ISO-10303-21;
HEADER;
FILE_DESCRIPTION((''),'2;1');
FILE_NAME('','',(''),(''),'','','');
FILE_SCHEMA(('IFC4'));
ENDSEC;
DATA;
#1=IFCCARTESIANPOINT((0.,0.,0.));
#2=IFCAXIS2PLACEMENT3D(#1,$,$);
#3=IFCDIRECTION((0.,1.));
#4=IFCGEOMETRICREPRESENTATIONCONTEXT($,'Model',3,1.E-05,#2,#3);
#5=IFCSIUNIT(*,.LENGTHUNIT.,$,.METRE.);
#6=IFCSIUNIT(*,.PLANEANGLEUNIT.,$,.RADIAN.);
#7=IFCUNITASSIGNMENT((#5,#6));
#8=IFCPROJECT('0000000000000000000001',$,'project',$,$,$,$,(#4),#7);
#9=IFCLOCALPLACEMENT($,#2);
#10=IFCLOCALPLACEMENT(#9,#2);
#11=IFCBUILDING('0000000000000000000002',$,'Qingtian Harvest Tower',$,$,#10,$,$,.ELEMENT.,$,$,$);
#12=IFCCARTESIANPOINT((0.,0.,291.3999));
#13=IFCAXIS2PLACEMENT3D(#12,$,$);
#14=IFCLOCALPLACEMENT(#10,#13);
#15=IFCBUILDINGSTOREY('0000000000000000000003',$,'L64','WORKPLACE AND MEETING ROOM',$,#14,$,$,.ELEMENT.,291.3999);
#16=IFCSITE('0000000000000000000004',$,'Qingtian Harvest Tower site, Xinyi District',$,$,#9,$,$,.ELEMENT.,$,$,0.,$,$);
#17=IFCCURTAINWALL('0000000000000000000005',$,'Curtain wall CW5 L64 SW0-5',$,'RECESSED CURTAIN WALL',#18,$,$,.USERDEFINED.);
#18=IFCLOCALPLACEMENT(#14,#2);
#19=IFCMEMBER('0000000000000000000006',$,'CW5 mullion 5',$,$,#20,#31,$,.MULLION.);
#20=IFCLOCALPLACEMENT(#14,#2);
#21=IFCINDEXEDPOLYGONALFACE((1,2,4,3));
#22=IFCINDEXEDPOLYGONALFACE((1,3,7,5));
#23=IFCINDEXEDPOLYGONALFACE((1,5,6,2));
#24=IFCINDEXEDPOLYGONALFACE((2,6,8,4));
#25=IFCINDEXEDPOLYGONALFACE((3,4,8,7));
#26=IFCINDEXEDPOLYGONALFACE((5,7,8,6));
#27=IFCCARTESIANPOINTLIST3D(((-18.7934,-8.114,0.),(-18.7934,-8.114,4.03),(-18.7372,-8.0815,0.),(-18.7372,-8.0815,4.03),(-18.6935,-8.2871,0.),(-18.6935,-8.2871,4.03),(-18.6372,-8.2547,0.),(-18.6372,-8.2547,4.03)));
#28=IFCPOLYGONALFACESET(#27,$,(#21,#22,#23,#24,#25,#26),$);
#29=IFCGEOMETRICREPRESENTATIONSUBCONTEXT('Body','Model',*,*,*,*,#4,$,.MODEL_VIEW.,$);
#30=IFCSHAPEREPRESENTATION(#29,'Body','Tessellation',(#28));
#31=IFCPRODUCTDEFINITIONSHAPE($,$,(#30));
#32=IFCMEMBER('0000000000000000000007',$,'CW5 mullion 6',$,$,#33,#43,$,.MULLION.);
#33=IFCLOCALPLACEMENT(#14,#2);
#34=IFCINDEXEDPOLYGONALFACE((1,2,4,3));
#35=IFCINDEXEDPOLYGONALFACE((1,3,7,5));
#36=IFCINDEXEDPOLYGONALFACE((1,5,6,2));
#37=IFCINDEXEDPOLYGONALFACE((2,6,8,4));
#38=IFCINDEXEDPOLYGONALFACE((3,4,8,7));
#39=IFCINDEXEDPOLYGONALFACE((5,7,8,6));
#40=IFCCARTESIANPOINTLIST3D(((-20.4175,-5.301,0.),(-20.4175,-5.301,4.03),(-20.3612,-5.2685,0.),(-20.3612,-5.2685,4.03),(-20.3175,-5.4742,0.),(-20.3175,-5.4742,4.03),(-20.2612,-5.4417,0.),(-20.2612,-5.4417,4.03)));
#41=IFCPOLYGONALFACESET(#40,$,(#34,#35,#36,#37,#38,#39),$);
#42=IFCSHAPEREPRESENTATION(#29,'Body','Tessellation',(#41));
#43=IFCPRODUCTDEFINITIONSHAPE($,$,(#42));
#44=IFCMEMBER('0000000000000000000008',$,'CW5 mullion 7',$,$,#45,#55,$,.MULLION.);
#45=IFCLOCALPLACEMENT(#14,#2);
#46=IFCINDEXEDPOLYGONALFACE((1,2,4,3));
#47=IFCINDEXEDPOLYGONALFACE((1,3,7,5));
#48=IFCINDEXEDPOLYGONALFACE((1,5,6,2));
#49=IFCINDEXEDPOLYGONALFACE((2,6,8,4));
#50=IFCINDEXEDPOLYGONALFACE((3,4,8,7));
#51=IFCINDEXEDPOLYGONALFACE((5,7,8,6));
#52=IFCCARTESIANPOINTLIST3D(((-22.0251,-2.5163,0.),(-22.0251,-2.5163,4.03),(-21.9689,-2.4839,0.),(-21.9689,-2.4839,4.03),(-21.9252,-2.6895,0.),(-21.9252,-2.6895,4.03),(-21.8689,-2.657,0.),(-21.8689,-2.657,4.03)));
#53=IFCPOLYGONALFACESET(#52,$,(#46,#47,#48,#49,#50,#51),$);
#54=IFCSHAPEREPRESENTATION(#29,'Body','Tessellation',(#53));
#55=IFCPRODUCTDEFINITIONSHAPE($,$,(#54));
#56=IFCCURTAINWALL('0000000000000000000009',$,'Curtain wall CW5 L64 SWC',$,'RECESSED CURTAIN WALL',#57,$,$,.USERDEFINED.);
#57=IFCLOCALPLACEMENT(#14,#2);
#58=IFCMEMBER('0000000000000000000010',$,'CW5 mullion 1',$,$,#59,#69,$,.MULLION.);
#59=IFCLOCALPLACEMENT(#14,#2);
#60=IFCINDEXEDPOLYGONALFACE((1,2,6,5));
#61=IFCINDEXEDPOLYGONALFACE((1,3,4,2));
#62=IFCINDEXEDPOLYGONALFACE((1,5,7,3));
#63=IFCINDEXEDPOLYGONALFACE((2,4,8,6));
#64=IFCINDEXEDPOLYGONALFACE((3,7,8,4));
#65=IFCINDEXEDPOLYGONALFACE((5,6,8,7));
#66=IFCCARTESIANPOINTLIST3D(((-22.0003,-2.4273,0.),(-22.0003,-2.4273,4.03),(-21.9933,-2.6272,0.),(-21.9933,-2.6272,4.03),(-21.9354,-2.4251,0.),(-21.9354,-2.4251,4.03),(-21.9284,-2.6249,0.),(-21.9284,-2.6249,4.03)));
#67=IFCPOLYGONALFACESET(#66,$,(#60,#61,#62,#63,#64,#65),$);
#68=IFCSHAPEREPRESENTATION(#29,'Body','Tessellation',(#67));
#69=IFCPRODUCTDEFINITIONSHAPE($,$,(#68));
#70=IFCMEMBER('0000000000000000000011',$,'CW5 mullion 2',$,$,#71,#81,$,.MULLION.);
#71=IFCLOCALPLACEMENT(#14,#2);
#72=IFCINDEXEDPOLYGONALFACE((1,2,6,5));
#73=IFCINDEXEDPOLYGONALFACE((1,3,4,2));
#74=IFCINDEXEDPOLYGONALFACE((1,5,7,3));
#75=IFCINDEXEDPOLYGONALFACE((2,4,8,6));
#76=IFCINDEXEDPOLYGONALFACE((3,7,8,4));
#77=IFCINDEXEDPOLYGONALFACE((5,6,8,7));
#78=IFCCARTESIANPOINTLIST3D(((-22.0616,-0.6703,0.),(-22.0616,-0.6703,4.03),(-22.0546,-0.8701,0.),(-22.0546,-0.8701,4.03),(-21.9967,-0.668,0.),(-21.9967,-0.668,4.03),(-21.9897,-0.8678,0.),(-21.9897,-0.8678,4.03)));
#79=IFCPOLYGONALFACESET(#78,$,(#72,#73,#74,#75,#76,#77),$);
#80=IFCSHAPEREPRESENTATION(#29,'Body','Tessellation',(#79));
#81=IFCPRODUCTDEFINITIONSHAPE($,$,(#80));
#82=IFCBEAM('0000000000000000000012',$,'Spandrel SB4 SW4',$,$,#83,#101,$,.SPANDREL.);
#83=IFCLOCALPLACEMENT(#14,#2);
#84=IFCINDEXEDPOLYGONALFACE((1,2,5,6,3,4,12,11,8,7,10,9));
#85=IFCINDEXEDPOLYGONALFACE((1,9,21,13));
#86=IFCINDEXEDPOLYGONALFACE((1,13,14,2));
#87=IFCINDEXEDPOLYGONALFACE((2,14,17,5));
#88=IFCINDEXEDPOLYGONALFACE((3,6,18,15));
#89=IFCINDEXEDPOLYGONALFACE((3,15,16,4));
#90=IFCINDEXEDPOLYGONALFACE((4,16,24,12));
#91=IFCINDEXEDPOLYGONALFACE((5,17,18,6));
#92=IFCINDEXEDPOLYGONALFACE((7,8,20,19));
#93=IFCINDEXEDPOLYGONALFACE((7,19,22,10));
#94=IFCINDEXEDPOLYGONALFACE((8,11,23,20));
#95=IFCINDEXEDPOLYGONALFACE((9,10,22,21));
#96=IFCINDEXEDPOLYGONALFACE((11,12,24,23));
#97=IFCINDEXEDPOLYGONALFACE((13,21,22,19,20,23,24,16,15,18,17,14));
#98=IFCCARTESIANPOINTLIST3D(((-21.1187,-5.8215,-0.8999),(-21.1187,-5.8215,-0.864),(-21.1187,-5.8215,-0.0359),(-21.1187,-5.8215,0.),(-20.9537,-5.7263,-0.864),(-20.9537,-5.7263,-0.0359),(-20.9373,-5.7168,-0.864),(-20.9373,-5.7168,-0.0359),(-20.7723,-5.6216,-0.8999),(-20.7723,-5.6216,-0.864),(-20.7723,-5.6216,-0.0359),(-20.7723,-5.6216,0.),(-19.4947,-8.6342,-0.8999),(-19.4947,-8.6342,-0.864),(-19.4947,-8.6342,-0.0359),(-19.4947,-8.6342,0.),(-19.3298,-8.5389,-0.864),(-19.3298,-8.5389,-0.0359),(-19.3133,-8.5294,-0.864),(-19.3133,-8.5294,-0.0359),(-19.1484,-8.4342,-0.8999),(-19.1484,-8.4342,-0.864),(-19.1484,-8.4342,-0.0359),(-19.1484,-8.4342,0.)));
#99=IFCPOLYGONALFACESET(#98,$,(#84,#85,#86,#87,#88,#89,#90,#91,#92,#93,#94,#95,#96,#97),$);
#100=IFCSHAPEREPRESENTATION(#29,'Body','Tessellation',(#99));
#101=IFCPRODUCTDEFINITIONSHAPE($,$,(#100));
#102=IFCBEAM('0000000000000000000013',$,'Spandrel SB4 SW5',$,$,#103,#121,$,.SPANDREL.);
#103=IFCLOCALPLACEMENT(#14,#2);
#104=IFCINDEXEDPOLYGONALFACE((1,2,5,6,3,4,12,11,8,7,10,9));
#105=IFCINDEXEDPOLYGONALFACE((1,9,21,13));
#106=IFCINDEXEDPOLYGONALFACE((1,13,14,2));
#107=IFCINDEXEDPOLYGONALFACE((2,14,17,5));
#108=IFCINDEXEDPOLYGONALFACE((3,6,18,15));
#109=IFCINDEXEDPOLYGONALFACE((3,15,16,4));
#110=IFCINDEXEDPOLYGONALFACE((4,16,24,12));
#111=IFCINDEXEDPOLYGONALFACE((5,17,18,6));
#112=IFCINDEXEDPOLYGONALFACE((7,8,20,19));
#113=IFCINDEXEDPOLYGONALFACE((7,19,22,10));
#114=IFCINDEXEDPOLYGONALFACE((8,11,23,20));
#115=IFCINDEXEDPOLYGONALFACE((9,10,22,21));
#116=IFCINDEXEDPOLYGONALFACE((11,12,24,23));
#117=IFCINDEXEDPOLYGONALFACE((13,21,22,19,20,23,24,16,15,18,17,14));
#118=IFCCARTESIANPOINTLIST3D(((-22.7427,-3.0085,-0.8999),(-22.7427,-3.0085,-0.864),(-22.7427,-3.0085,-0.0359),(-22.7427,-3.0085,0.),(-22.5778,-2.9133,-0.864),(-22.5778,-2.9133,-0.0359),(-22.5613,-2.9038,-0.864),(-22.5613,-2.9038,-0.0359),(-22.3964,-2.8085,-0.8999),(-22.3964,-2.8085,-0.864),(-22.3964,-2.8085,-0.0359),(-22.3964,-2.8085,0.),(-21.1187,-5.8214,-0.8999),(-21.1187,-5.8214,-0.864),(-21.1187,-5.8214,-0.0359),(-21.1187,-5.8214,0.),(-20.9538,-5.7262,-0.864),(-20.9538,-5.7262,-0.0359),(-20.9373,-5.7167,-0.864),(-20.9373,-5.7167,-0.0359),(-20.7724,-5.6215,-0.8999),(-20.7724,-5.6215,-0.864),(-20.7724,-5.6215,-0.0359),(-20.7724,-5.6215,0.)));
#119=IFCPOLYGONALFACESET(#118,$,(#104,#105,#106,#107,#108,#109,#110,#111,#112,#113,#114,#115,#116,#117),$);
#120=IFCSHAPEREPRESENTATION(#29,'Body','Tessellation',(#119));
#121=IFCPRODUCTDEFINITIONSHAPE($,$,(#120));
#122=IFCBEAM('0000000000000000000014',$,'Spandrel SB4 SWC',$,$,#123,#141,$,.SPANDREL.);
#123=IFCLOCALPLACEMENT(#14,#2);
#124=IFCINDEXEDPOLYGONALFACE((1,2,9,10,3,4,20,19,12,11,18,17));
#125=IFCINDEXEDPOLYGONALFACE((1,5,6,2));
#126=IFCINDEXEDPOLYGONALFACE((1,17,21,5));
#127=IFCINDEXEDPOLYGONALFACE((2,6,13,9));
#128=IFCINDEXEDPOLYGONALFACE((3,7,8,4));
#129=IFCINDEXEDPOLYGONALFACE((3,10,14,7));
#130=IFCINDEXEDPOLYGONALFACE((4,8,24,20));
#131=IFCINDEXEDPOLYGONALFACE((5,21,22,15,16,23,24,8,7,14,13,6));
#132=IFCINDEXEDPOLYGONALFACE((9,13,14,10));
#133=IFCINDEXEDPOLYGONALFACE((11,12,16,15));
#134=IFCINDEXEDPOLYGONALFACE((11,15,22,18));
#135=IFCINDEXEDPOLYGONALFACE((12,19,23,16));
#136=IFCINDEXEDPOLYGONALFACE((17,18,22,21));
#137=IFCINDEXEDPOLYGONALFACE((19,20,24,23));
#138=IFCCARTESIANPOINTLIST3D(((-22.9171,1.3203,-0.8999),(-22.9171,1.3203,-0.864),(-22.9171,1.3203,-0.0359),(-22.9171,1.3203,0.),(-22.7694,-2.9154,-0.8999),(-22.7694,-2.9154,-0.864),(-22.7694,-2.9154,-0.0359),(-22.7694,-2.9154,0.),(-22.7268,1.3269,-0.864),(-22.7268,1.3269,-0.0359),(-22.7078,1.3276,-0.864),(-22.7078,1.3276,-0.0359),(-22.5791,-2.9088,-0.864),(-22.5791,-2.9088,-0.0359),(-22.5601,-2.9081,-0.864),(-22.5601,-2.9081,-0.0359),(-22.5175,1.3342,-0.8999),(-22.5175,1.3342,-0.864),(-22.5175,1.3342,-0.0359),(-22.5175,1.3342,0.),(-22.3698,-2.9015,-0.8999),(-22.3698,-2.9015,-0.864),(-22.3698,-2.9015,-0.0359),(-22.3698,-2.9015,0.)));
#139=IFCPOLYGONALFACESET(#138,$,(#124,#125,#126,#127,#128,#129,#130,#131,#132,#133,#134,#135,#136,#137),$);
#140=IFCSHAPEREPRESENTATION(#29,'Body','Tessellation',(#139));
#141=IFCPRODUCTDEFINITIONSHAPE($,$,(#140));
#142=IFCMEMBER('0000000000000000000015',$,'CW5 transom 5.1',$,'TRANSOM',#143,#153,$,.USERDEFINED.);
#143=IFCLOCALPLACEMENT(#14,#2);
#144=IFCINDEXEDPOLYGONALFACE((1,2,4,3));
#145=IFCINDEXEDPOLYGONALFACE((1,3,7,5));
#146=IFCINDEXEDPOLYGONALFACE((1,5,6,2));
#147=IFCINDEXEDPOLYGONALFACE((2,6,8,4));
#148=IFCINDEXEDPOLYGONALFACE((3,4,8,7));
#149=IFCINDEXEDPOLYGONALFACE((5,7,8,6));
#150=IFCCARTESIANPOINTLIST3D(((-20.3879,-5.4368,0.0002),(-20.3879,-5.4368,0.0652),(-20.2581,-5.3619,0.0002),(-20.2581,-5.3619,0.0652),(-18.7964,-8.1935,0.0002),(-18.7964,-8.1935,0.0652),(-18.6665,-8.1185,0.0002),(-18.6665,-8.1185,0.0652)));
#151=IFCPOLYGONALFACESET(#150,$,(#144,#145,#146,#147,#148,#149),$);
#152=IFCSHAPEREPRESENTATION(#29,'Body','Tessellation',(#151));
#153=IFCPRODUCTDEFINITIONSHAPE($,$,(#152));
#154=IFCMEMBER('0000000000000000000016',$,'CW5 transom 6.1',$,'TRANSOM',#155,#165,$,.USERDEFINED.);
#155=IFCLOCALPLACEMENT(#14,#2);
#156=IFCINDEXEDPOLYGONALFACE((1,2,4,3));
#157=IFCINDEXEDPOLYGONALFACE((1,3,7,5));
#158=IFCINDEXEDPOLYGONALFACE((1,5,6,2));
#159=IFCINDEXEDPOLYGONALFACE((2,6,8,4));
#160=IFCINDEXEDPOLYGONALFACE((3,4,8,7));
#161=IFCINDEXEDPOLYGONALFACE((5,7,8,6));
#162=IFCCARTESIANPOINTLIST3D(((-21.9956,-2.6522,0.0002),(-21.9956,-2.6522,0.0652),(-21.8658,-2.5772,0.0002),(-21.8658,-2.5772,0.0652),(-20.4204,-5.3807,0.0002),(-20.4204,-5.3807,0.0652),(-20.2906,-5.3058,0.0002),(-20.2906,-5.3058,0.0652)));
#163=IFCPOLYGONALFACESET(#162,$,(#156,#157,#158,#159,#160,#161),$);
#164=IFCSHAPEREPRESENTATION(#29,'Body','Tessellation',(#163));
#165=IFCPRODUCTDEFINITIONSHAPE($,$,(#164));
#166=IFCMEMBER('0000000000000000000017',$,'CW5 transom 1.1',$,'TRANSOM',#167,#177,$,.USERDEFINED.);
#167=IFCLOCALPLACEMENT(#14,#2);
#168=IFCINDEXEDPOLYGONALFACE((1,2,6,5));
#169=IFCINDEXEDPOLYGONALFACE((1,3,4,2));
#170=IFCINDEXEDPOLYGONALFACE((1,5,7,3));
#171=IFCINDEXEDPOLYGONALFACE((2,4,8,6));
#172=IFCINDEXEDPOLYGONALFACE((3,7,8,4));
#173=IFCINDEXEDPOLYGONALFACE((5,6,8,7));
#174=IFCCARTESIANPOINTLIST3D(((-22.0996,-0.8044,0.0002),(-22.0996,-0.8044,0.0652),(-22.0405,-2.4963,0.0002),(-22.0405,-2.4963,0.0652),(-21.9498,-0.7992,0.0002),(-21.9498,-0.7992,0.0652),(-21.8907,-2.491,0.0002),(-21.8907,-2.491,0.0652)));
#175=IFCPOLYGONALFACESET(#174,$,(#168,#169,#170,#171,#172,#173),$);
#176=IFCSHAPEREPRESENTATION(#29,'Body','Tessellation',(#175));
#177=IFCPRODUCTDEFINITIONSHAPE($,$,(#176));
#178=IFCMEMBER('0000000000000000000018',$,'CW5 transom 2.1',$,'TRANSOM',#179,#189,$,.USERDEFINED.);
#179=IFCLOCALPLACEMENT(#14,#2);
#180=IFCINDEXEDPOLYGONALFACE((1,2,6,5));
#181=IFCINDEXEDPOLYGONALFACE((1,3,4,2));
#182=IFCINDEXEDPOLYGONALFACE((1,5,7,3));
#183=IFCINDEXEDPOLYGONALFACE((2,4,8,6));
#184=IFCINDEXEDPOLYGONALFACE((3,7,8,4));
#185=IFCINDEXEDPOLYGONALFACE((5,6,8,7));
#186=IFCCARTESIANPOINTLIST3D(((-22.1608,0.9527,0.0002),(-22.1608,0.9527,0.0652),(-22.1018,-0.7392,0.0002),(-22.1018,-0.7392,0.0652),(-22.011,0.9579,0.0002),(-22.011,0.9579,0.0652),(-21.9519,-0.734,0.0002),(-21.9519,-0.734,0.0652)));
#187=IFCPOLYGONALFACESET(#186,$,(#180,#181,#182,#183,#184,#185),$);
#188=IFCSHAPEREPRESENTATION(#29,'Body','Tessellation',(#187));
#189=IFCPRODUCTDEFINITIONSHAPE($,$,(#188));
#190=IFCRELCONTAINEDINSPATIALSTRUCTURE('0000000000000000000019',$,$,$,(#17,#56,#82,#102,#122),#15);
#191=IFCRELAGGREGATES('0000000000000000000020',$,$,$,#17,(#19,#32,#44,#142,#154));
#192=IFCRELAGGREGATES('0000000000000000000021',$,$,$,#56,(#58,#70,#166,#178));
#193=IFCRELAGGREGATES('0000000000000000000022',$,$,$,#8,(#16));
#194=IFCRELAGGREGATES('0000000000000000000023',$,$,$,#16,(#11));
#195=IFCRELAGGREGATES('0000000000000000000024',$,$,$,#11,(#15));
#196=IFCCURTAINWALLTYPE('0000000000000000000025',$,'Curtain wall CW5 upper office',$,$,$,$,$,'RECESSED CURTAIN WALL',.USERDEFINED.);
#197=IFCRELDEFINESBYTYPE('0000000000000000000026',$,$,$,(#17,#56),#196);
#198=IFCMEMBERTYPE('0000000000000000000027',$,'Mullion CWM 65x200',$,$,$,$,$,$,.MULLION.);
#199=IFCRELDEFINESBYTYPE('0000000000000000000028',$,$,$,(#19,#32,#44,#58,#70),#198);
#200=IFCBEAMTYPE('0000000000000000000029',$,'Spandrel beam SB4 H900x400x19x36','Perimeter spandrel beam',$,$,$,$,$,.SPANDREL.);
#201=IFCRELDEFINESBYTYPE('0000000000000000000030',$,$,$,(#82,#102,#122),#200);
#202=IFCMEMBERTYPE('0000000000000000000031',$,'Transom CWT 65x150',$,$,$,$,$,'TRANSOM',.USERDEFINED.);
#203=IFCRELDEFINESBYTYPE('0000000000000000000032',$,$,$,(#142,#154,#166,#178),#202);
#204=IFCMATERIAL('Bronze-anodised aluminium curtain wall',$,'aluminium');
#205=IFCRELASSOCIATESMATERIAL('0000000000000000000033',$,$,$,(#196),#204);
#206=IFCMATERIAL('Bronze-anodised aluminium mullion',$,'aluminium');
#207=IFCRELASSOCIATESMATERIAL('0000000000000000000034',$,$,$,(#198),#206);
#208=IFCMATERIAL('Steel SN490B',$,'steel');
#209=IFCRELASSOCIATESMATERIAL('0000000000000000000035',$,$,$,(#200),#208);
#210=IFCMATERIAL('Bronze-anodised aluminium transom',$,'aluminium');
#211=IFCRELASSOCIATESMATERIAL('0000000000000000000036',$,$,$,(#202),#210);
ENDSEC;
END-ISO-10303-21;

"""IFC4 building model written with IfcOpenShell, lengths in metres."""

from ifc_helpers import new_model, si_unit, direction, frame, origin, origin_2d, place, context, subcontext, project, spatial, rectangle, i_section, extrude, material, material_profile, profile_set, type_object, element, aggregate, save


model = new_model("IFC4")

# Units and contexts
model_context = context("Model", 3, precision=1e-05, world=origin(), true_north=direction((0.0, 1.0)))
body_context = subcontext(model_context, "Body", "Model", "MODEL_VIEW")
ifc_project = project(units=[si_unit("LENGTHUNIT", "METRE"), si_unit("PLANEANGLEUNIT", "RADIAN")], contexts=[model_context])

# Site, building, storey
site_placement = place(None, origin())
site = spatial("IfcSite", under=ifc_project, at=site_placement, Name="Qingtian Harvest Tower site, Xinyi District", CompositionType="ELEMENT", RefElevation=0.0)
building_placement = place(site_placement, origin())
building = spatial("IfcBuilding", under=site, at=building_placement, Name="Qingtian Harvest Tower", CompositionType="ELEMENT")
storey_placement = place(building_placement, frame((0.0, 0.0, 291.3999)))
storey = spatial("IfcBuildingStorey", under=building, at=storey_placement, Name="L64", Description="WORKPLACE AND MEETING ROOM", CompositionType="ELEMENT", Elevation=291.3999)

# Curtain walls, members
ifc_material_1 = material(Name="Bronze-anodised aluminium curtain wall", Category="aluminium")
curtain_wall_type = type_object("IfcCurtainWallType", Name="Curtain wall CW5 upper office", ElementType="RECESSED CURTAIN WALL", PredefinedType="USERDEFINED", material=ifc_material_1)
curtain_wall_1_placement = place(storey_placement, origin())
curtain_wall_1 = element("IfcCurtainWall", 1, at=curtain_wall_1_placement, inside=storey, type_object=curtain_wall_type, Name="Curtain wall CW5 L64 SW0-5", ObjectType="RECESSED CURTAIN WALL", PredefinedType="USERDEFINED")
ifc_material_2 = material(Name="Bronze-anodised aluminium mullion", Category="aluminium")
ifc_material_profile_1 = material_profile(ifc_material_2, rectangle(XDim=0.0649, YDim=0.2, at=origin_2d()), Name="AL 65x200")
ifc_profile_set_1 = profile_set([ifc_material_profile_1], Name="Bronze-anodised aluminium mullion")
member_type_1 = type_object("IfcMemberType", Name="Mullion CWM 65x200", PredefinedType="MULLION", material=ifc_profile_set_1)
member_1_placement = place(storey_placement, frame((-18.7153, -8.1843, 0.0), z_axis=(0.0, 0.0, 1.0), x_axis=(-0.866025, -0.5, 0.0)))
member_1 = element("IfcMember", 2, at=member_1_placement, type_object=member_type_1, Name="CW5 mullion 5", PredefinedType="MULLION", context=body_context, shape_type="SweptSolid", body=[
    extrude(rectangle(XDim=0.0649, YDim=0.2, at=origin_2d()), origin(), (0.0, 0.0, 1.0), 4.03),
])
member_2_placement = place(storey_placement, frame((-20.3394, -5.3713, 0.0), z_axis=(0.0, 0.0, 1.0), x_axis=(-0.866025, -0.5, 0.0)))
member_2 = element("IfcMember", 3, at=member_2_placement, type_object=member_type_1, Name="CW5 mullion 6", PredefinedType="MULLION", context=body_context, shape_type="SweptSolid", body=[
    extrude(rectangle(XDim=0.0649, YDim=0.2, at=origin_2d()), origin(), (0.0, 0.0, 1.0), 4.03),
])
member_3_placement = place(storey_placement, frame((-21.947, -2.5867, 0.0), z_axis=(0.0, 0.0, 1.0), x_axis=(-0.866025, -0.5, 0.0)))
member_3 = element("IfcMember", 4, at=member_3_placement, type_object=member_type_1, Name="CW5 mullion 7", PredefinedType="MULLION", context=body_context, shape_type="SweptSolid", body=[
    extrude(rectangle(XDim=0.0649, YDim=0.2, at=origin_2d()), origin(), (0.0, 0.0, 1.0), 4.03),
])
curtain_wall_2_placement = place(storey_placement, origin())
curtain_wall_2 = element("IfcCurtainWall", 5, at=curtain_wall_2_placement, inside=storey, type_object=curtain_wall_type, Name="Curtain wall CW5 L64 SWC", ObjectType="RECESSED CURTAIN WALL", PredefinedType="USERDEFINED")
member_4_placement = place(storey_placement, frame((-21.9644, -2.5261, 0.0), z_axis=(0.0, 0.0, 1.0), x_axis=(-0.999391, -0.034899, 0.0)))
member_4 = element("IfcMember", 6, at=member_4_placement, type_object=member_type_1, Name="CW5 mullion 1", PredefinedType="MULLION", context=body_context, shape_type="SweptSolid", body=[
    extrude(rectangle(XDim=0.0649, YDim=0.2, at=origin_2d()), origin(), (0.0, 0.0, 1.0), 4.03),
])
member_5_placement = place(storey_placement, frame((-22.0256, -0.769, 0.0), z_axis=(0.0, 0.0, 1.0), x_axis=(-0.999391, -0.034899, 0.0)))
member_5 = element("IfcMember", 7, at=member_5_placement, type_object=member_type_1, Name="CW5 mullion 2", PredefinedType="MULLION", context=body_context, shape_type="SweptSolid", body=[
    extrude(rectangle(XDim=0.0649, YDim=0.2, at=origin_2d()), origin(), (0.0, 0.0, 1.0), 4.03),
])

# Beams
ifc_material_3 = material(Name="Steel SN490B", Category="steel")
ifc_material_profile_2 = material_profile(ifc_material_3, i_section(OverallWidth=0.3999, OverallDepth=0.8999, WebThickness=0.019, FlangeThickness=0.0359, at=origin_2d()), Name="H900x400x19x36")
ifc_profile_set_2 = profile_set([ifc_material_profile_2], Name="Steel SN490B")
beam_type_1 = type_object("IfcBeamType", Name="Spandrel beam SB4 H900x400x19x36", Description="Perimeter spandrel beam", PredefinedType="SPANDREL", material=ifc_profile_set_2)
beam_1_placement = place(storey_placement, frame((-19.3215, -8.5342, -0.45), z_axis=(-0.50002, 0.866014, 0.0), x_axis=(-0.866014, -0.50002, 0.0)))
element("IfcBeam", 8, at=beam_1_placement, inside=storey, type_object=beam_type_1, Name="Spandrel SB4 SW4", PredefinedType="SPANDREL", context=body_context, shape_type="SweptSolid", body=[
    extrude(i_section(OverallWidth=0.3999, OverallDepth=0.8999, WebThickness=0.019, FlangeThickness=0.0359, at=origin_2d()), origin(), (0.0, 0.0, 1.0), 3.2478),
])
beam_2_placement = place(storey_placement, frame((-20.9456, -5.7214, -0.45), z_axis=(-0.499987, 0.866033, 0.0), x_axis=(-0.866033, -0.499987, 0.0)))
element("IfcBeam", 9, at=beam_2_placement, inside=storey, type_object=beam_type_1, Name="Spandrel SB4 SW5", PredefinedType="SPANDREL", context=body_context, shape_type="SweptSolid", body=[
    extrude(i_section(OverallWidth=0.3999, OverallDepth=0.8999, WebThickness=0.019, FlangeThickness=0.0359, at=origin_2d()), origin(), (0.0, 0.0, 1.0), 3.248),
])
beam_3_placement = place(storey_placement, frame((-22.5696, -2.9084, -0.45), z_axis=(-0.034851, 0.999393, 0.0), x_axis=(-0.999393, -0.034851, 0.0)))
element("IfcBeam", 10, at=beam_3_placement, inside=storey, type_object=beam_type_1, Name="Spandrel SB4 SWC", PredefinedType="SPANDREL", context=body_context, shape_type="SweptSolid", body=[
    extrude(i_section(OverallWidth=0.3999, OverallDepth=0.8999, WebThickness=0.019, FlangeThickness=0.0359, at=origin_2d()), origin(), (0.0, 0.0, 1.0), 4.2383),
])

# Members
ifc_material_4 = material(Name="Bronze-anodised aluminium transom", Category="aluminium")
ifc_material_profile_3 = material_profile(ifc_material_4, rectangle(XDim=0.1499, YDim=0.0649, at=origin_2d()), Name="AL 65x150")
ifc_profile_set_3 = profile_set([ifc_material_profile_3], Name="Bronze-anodised aluminium transom")
member_type_2 = type_object("IfcMemberType", Name="Transom CWT 65x150", ElementType="TRANSOM", PredefinedType="USERDEFINED", material=ifc_profile_set_3)
member_6_placement = place(storey_placement, frame((-18.7314, -8.156, 0.0327), z_axis=(-0.500008, 0.866021, 0.0), x_axis=(-0.866021, -0.500008, 0.0)))
member_6 = element("IfcMember", 11, at=member_6_placement, type_object=member_type_2, Name="CW5 transom 5.1", ObjectType="TRANSOM", PredefinedType="USERDEFINED", context=body_context, shape_type="SweptSolid", body=[
    extrude(rectangle(XDim=0.1499, YDim=0.0649, at=origin_2d()), origin(), (0.0, 0.0, 1.0), 3.1831),
])
member_7_placement = place(storey_placement, frame((-20.3555, -5.3433, 0.0327), z_axis=(-0.499973, 0.866041, 0.0), x_axis=(-0.866041, -0.499973, 0.0)))
member_7 = element("IfcMember", 12, at=member_7_placement, type_object=member_type_2, Name="CW5 transom 6.1", ObjectType="TRANSOM", PredefinedType="USERDEFINED", context=body_context, shape_type="SweptSolid", body=[
    extrude(rectangle(XDim=0.1499, YDim=0.0649, at=origin_2d()), origin(), (0.0, 0.0, 1.0), 3.1506),
])
member_8_placement = place(storey_placement, frame((-21.9656, -2.4937, 0.0327), z_axis=(-0.034899, 0.999391, 0.0), x_axis=(-0.999391, -0.034899, 0.0)))
member_8 = element("IfcMember", 13, at=member_8_placement, type_object=member_type_2, Name="CW5 transom 1.1", ObjectType="TRANSOM", PredefinedType="USERDEFINED", context=body_context, shape_type="SweptSolid", body=[
    extrude(rectangle(XDim=0.1499, YDim=0.0649, at=origin_2d()), origin(), (0.0, 0.0, 1.0), 1.6929),
])
member_9_placement = place(storey_placement, frame((-22.0269, -0.7366, 0.0327), z_axis=(-0.034899, 0.999391, 0.0), x_axis=(-0.999391, -0.034899, 0.0)))
member_9 = element("IfcMember", 14, at=member_9_placement, type_object=member_type_2, Name="CW5 transom 2.1", ObjectType="TRANSOM", PredefinedType="USERDEFINED", context=body_context, shape_type="SweptSolid", body=[
    extrude(rectangle(XDim=0.1499, YDim=0.0649, at=origin_2d()), origin(), (0.0, 0.0, 1.0), 1.6929),
])

aggregate(curtain_wall_1, [member_1, member_2, member_3, member_6, member_7])
aggregate(curtain_wall_2, [member_4, member_5, member_8, member_9])

save(model, "model.ifc")
